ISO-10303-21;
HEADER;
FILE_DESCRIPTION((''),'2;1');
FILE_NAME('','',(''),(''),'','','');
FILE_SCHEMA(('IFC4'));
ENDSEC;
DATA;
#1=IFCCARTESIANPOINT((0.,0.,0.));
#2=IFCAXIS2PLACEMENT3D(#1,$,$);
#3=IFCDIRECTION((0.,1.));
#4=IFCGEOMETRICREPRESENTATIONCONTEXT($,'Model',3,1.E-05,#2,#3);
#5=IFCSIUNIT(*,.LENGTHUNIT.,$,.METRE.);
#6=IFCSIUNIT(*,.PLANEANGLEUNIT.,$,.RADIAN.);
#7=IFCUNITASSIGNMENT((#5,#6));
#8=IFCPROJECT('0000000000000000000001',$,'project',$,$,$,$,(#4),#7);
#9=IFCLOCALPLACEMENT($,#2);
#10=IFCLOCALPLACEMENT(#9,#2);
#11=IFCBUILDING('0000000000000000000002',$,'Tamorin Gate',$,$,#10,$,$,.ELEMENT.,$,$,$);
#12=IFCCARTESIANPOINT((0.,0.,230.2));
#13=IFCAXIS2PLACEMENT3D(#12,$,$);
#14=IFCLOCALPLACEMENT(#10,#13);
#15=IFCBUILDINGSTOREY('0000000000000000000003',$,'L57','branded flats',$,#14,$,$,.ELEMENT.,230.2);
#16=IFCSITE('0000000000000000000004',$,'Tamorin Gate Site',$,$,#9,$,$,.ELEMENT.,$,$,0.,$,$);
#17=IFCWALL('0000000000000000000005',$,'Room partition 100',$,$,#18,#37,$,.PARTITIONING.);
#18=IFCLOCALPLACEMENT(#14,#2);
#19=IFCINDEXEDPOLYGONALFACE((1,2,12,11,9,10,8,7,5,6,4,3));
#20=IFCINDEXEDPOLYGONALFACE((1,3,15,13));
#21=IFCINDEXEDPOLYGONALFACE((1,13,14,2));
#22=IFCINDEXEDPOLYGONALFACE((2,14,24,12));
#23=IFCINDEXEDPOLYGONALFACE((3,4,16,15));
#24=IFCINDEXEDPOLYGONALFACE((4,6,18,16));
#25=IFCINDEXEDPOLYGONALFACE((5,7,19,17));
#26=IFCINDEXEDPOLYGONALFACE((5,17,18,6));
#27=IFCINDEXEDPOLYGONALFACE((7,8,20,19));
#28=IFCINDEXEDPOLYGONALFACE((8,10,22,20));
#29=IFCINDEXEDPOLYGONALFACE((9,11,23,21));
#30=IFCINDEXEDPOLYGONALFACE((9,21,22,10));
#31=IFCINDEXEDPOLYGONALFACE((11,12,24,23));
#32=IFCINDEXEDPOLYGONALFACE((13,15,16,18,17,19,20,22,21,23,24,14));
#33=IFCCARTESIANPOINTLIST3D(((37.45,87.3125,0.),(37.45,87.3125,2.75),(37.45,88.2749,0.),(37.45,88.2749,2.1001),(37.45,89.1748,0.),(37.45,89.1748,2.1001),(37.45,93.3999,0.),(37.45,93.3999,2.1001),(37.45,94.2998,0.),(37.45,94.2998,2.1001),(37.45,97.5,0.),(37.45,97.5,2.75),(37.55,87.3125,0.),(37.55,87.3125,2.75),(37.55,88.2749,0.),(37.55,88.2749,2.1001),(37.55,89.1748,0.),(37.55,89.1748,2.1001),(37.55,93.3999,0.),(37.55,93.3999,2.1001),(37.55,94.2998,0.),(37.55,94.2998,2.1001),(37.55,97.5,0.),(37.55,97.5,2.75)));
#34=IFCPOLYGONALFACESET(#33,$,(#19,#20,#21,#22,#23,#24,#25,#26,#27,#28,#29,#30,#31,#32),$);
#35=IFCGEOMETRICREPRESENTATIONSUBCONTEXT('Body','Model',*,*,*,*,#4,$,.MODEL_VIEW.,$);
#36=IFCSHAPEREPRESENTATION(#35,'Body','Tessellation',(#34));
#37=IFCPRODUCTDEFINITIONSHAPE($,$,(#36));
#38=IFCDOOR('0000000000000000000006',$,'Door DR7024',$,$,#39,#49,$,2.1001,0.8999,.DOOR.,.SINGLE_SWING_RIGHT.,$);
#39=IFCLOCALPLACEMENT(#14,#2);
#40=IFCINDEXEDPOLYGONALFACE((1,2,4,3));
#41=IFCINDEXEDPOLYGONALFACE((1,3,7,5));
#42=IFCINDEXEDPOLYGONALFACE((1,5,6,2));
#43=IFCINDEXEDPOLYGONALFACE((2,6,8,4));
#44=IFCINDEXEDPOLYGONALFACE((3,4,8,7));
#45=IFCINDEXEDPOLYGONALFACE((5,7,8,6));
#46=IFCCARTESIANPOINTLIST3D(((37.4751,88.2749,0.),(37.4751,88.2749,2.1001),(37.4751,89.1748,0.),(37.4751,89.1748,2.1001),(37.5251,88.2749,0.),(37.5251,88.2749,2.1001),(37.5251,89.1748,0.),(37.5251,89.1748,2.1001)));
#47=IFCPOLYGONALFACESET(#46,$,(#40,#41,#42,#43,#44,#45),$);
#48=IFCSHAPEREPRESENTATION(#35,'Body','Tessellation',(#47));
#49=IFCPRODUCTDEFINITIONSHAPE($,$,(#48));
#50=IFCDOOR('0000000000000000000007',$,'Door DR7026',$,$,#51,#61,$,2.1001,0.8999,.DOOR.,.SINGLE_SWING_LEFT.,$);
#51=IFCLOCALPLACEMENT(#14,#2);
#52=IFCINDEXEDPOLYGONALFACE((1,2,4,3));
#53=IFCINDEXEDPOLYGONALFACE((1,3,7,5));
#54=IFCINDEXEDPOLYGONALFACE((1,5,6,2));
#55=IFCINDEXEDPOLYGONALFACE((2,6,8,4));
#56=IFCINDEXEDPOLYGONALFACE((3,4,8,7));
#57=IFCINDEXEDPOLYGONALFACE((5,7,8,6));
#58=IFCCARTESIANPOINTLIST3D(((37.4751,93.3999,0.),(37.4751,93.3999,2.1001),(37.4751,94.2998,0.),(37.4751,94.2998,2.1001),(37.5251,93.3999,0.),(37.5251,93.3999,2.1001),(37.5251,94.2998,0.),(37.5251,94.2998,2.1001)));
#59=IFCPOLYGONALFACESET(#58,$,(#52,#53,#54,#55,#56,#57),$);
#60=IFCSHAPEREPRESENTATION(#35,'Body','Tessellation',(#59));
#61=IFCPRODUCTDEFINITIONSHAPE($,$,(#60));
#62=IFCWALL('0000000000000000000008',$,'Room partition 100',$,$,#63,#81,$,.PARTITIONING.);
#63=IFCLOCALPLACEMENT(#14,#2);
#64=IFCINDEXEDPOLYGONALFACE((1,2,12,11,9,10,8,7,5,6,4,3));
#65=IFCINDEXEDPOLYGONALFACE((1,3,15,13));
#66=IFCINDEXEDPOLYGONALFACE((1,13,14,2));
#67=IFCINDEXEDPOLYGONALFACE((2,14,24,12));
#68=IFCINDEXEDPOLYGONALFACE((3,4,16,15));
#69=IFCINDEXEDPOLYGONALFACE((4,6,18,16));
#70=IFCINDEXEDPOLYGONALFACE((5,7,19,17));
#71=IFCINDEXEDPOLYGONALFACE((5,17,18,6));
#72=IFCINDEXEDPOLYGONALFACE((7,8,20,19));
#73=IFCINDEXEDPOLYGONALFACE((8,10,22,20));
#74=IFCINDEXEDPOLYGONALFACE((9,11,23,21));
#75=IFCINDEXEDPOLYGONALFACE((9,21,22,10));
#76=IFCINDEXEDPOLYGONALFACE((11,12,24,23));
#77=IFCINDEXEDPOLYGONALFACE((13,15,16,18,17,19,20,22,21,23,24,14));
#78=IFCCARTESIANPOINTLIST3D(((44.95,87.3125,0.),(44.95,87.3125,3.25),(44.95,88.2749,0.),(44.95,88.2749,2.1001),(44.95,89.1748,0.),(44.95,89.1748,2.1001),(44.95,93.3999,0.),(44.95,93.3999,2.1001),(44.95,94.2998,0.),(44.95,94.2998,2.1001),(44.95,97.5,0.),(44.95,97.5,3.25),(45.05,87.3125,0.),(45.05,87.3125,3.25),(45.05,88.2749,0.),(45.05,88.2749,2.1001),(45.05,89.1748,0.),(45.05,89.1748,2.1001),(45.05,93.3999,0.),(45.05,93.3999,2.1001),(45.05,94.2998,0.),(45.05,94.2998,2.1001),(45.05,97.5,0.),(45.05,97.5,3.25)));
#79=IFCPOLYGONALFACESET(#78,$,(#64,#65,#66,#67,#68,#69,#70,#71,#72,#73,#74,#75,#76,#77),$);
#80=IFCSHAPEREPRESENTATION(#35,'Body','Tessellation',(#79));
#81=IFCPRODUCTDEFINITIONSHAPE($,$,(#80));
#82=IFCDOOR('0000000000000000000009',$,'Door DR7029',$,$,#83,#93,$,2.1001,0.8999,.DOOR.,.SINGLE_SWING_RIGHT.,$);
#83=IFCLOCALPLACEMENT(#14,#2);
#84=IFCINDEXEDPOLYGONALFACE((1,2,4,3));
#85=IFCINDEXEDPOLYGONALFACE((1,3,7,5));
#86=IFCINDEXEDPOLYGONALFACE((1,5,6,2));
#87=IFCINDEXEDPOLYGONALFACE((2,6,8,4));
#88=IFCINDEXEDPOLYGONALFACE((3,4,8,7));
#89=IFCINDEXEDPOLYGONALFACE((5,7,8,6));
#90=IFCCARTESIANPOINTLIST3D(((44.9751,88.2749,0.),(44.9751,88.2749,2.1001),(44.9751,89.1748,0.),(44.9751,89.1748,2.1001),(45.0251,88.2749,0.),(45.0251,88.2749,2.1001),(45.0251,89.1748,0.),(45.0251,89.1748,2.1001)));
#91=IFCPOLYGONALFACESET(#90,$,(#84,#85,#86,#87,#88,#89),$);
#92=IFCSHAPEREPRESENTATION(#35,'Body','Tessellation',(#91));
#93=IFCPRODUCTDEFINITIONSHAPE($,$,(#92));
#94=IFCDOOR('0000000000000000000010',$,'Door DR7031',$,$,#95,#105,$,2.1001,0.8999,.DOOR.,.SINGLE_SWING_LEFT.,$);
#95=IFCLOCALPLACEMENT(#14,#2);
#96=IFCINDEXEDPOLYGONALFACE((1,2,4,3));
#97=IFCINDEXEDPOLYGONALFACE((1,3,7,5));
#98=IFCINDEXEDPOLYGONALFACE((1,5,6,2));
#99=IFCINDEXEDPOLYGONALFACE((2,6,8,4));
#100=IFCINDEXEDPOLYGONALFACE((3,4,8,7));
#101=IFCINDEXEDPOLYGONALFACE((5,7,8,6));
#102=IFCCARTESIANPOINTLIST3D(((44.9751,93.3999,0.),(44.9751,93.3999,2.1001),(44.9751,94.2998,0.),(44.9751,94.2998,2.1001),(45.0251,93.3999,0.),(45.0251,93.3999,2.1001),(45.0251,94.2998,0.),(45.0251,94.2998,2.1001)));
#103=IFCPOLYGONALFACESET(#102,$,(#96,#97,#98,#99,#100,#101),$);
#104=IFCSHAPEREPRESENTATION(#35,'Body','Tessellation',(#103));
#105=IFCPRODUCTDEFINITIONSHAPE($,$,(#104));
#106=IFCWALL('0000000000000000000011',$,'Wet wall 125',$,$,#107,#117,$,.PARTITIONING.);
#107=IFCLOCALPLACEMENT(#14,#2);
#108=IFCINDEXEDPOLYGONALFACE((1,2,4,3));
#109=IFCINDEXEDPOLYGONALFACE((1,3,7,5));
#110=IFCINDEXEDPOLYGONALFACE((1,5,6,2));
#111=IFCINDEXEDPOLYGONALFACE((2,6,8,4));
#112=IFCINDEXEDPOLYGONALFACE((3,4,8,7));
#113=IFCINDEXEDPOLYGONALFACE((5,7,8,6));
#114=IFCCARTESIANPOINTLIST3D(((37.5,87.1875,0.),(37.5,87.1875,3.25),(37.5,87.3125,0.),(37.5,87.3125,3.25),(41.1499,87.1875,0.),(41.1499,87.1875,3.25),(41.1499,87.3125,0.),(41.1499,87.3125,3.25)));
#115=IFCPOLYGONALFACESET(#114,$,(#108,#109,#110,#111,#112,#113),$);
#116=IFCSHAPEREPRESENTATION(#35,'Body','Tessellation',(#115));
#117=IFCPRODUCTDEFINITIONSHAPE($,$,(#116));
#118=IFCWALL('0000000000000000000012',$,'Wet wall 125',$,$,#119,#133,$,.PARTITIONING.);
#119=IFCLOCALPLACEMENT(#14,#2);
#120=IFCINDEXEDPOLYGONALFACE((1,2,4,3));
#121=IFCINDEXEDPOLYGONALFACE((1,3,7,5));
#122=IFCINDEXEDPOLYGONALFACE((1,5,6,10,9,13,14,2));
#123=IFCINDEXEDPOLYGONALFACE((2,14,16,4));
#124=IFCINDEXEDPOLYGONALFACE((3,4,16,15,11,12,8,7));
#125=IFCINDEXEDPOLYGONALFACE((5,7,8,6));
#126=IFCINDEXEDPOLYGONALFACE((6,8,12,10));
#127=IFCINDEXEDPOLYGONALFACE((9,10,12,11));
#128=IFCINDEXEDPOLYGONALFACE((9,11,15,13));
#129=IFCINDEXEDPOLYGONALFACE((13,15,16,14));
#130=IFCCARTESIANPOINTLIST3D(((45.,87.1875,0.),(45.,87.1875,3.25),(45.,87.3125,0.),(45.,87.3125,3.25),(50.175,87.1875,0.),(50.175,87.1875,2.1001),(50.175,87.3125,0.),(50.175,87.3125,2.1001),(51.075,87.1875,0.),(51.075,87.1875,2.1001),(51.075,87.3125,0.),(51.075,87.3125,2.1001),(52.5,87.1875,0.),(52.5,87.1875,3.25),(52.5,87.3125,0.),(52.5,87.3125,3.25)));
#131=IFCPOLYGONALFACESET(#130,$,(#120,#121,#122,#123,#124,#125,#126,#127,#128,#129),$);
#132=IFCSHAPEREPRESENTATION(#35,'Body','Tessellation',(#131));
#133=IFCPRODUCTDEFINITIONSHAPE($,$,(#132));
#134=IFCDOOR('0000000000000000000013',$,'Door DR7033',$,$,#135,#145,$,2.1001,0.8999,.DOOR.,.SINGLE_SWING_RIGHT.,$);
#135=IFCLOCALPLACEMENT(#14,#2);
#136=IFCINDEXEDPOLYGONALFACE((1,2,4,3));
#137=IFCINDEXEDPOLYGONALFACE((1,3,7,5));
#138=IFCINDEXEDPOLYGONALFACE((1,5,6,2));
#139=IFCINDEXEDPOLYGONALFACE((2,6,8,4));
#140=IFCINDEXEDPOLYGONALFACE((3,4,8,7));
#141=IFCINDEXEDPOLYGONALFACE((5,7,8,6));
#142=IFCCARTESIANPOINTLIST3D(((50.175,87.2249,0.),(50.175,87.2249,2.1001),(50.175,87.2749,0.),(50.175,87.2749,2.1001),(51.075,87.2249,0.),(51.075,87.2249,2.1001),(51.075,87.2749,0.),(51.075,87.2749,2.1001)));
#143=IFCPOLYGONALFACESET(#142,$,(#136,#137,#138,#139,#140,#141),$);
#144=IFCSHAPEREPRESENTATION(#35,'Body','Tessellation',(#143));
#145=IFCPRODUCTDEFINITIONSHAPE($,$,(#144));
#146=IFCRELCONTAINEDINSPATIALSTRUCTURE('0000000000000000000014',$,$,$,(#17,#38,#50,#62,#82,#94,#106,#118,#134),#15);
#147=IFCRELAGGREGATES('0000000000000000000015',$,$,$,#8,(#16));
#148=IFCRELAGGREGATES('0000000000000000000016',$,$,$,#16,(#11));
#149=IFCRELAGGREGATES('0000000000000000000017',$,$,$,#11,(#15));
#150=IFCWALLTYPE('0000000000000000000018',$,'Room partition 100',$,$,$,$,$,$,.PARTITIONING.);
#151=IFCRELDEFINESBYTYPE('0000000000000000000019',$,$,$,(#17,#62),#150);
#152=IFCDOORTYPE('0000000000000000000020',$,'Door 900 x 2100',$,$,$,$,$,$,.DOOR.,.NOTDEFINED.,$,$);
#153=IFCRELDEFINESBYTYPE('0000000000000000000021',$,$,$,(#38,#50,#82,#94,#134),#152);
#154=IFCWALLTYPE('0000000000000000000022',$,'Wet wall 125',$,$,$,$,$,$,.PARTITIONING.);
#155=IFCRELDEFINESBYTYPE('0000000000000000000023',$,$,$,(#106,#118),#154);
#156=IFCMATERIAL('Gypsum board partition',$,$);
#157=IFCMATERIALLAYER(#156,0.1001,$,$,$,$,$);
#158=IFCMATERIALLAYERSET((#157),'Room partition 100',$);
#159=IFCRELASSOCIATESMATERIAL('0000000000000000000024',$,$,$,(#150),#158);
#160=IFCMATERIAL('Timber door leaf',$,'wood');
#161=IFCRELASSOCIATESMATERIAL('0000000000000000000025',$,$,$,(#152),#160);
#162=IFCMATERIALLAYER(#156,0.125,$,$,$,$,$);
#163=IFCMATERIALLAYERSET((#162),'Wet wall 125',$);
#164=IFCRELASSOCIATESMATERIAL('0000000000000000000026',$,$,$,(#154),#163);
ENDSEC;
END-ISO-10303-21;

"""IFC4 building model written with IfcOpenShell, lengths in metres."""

from ifc_helpers import new_model, si_unit, direction, frame, frame_2d, origin, place, context, subcontext, project, spatial, rectangle, extrude, material, layer, layer_set, type_object, element, fill, save


model = new_model("IFC4")

# Units and contexts
model_context = context("Model", 3, precision=1e-05, world=origin(), true_north=direction((0.0, 1.0)))
body_context = subcontext(model_context, "Body", "Model", "MODEL_VIEW")
ifc_project = project(units=[si_unit("LENGTHUNIT", "METRE"), si_unit("PLANEANGLEUNIT", "RADIAN")], contexts=[model_context])

# Site, building, storey
site_placement = place(None, origin())
site = spatial("IfcSite", under=ifc_project, at=site_placement, Name="Tamorin Gate Site", CompositionType="ELEMENT", RefElevation=0.0)
building_placement = place(site_placement, origin())
building = spatial("IfcBuilding", under=site, at=building_placement, Name="Tamorin Gate", CompositionType="ELEMENT")
storey_placement = place(building_placement, frame((0.0, 0.0, 230.2)))
storey = spatial("IfcBuildingStorey", under=building, at=storey_placement, Name="L57", Description="branded flats", CompositionType="ELEMENT", Elevation=230.2)

# Shared definitions
ifc_material_1 = material(Name="Gypsum board partition")

# Walls, openings, doors
ifc_layer_1 = layer(ifc_material_1, 0.1001)
ifc_layer_set_1 = layer_set([ifc_layer_1], Name="Room partition 100")
wall_type_1 = type_object("IfcWallType", Name="Room partition 100", PredefinedType="PARTITIONING", material=ifc_layer_set_1)
wall_1_placement = place(storey_placement, frame((37.5, 87.3125, 0.0), z_axis=(0.0, 0.0, 1.0), x_axis=(0.0, 1.0, 0.0)))
wall_1 = element("IfcWall", 1, at=wall_1_placement, inside=storey, type_object=wall_type_1, Name="Room partition 100", PredefinedType="PARTITIONING", context=body_context, shape_type="SweptSolid", body=[
    extrude(rectangle(XDim=10.1875, YDim=0.1001, at=frame_2d((5.0938, 0.0))), origin(), (0.0, 0.0, 1.0), 2.75),
])
opening_1_placement = place(wall_1_placement, frame((0.9624, 0.0, 0.0)))
opening_1 = element("IfcOpeningElement", 2, at=opening_1_placement, cuts=wall_1, PredefinedType="OPENING", context=body_context, shape_type="SweptSolid", body=[
    extrude(rectangle(XDim=0.8999, YDim=2.1001, at=frame_2d((0.45, 1.05))), frame((0.0, 0.0601, 0.0), z_axis=(0.0, -1.0, 0.0), x_axis=(1.0, 0.0, 0.0)), (0.0, 0.0, 1.0), 0.1201),
])
opening_2_placement = place(wall_1_placement, frame((6.0874, 0.0, 0.0)))
opening_2 = element("IfcOpeningElement", 3, at=opening_2_placement, cuts=wall_1, PredefinedType="OPENING", context=body_context, shape_type="SweptSolid", body=[
    extrude(rectangle(XDim=0.8999, YDim=2.1001, at=frame_2d((0.45, 1.05))), frame((0.0, 0.0601, 0.0), z_axis=(0.0, -1.0, 0.0), x_axis=(1.0, 0.0, 0.0)), (0.0, 0.0, 1.0), 0.1201),
])
ifc_material_2 = material(Name="Timber door leaf", Category="wood")
door_type = type_object("IfcDoorType", Name="Door 900 x 2100", OperationType="NOTDEFINED", PredefinedType="DOOR", material=ifc_material_2)
door_1_placement = place(opening_1_placement, origin())
door_1 = element("IfcDoor", 4, at=door_1_placement, inside=storey, type_object=door_type, Name="Door DR7024", OperationType="SINGLE_SWING_RIGHT", OverallHeight=2.1001, OverallWidth=0.8999, PredefinedType="DOOR", context=body_context, shape_type="SweptSolid", body=[
    extrude(rectangle(XDim=0.8999, YDim=2.1001, at=frame_2d((0.45, 1.05))), frame((0.0, 0.0249, 0.0), z_axis=(0.0, -1.0, 0.0), x_axis=(1.0, 0.0, 0.0)), (0.0, 0.0, 1.0), 0.05),
])
fill(opening_1, door_1)
door_2_placement = place(opening_2_placement, origin())
door_2 = element("IfcDoor", 5, at=door_2_placement, inside=storey, type_object=door_type, Name="Door DR7026", OperationType="SINGLE_SWING_LEFT", OverallHeight=2.1001, OverallWidth=0.8999, PredefinedType="DOOR", context=body_context, shape_type="SweptSolid", body=[
    extrude(rectangle(XDim=0.8999, YDim=2.1001, at=frame_2d((0.45, 1.05))), frame((0.0, 0.0249, 0.0), z_axis=(0.0, -1.0, 0.0), x_axis=(1.0, 0.0, 0.0)), (0.0, 0.0, 1.0), 0.05),
])
fill(opening_2, door_2)
wall_2_placement = place(storey_placement, frame((45.0, 87.3125, 0.0), z_axis=(0.0, 0.0, 1.0), x_axis=(0.0, 1.0, 0.0)))
wall_2 = element("IfcWall", 6, at=wall_2_placement, inside=storey, type_object=wall_type_1, Name="Room partition 100", PredefinedType="PARTITIONING", context=body_context, shape_type="SweptSolid", body=[
    extrude(rectangle(XDim=10.1875, YDim=0.1001, at=frame_2d((5.0938, 0.0))), origin(), (0.0, 0.0, 1.0), 3.25),
])
opening_3_placement = place(wall_2_placement, frame((0.9624, 0.0, 0.0)))
opening_3 = element("IfcOpeningElement", 7, at=opening_3_placement, cuts=wall_2, PredefinedType="OPENING", context=body_context, shape_type="SweptSolid", body=[
    extrude(rectangle(XDim=0.8999, YDim=2.1001, at=frame_2d((0.45, 1.05))), frame((0.0, 0.0601, 0.0), z_axis=(0.0, -1.0, 0.0), x_axis=(1.0, 0.0, 0.0)), (0.0, 0.0, 1.0), 0.1201),
])
opening_4_placement = place(wall_2_placement, frame((6.0874, 0.0, 0.0)))
opening_4 = element("IfcOpeningElement", 8, at=opening_4_placement, cuts=wall_2, PredefinedType="OPENING", context=body_context, shape_type="SweptSolid", body=[
    extrude(rectangle(XDim=0.8999, YDim=2.1001, at=frame_2d((0.45, 1.05))), frame((0.0, 0.0601, 0.0), z_axis=(0.0, -1.0, 0.0), x_axis=(1.0, 0.0, 0.0)), (0.0, 0.0, 1.0), 0.1201),
])
door_3_placement = place(opening_3_placement, origin())
door_3 = element("IfcDoor", 9, at=door_3_placement, inside=storey, type_object=door_type, Name="Door DR7029", OperationType="SINGLE_SWING_RIGHT", OverallHeight=2.1001, OverallWidth=0.8999, PredefinedType="DOOR", context=body_context, shape_type="SweptSolid", body=[
    extrude(rectangle(XDim=0.8999, YDim=2.1001, at=frame_2d((0.45, 1.05))), frame((0.0, 0.0249, 0.0), z_axis=(0.0, -1.0, 0.0), x_axis=(1.0, 0.0, 0.0)), (0.0, 0.0, 1.0), 0.05),
])
fill(opening_3, door_3)
door_4_placement = place(opening_4_placement, origin())
door_4 = element("IfcDoor", 10, at=door_4_placement, inside=storey, type_object=door_type, Name="Door DR7031", OperationType="SINGLE_SWING_LEFT", OverallHeight=2.1001, OverallWidth=0.8999, PredefinedType="DOOR", context=body_context, shape_type="SweptSolid", body=[
    extrude(rectangle(XDim=0.8999, YDim=2.1001, at=frame_2d((0.45, 1.05))), frame((0.0, 0.0249, 0.0), z_axis=(0.0, -1.0, 0.0), x_axis=(1.0, 0.0, 0.0)), (0.0, 0.0, 1.0), 0.05),
])
fill(opening_4, door_4)

# Wall
ifc_layer_2 = layer(ifc_material_1, 0.125)
ifc_layer_set_2 = layer_set([ifc_layer_2], Name="Wet wall 125")
wall_type_2 = type_object("IfcWallType", Name="Wet wall 125", PredefinedType="PARTITIONING", material=ifc_layer_set_2)
wall_3_placement = place(storey_placement, frame((37.5, 87.25, 0.0), z_axis=(0.0, 0.0, 1.0), x_axis=(1.0, 0.0, 0.0)))
element("IfcWall", 11, at=wall_3_placement, inside=storey, type_object=wall_type_2, Name="Wet wall 125", PredefinedType="PARTITIONING", context=body_context, shape_type="SweptSolid", body=[
    extrude(rectangle(XDim=3.6499, YDim=0.125, at=frame_2d((1.825, 0.0))), origin(), (0.0, 0.0, 1.0), 3.25),
])

# Wall, opening, door
wall_4_placement = place(storey_placement, frame((45.0, 87.25, 0.0), z_axis=(0.0, 0.0, 1.0), x_axis=(1.0, 0.0, 0.0)))
wall_4 = element("IfcWall", 12, at=wall_4_placement, inside=storey, type_object=wall_type_2, Name="Wet wall 125", PredefinedType="PARTITIONING", context=body_context, shape_type="SweptSolid", body=[
    extrude(rectangle(XDim=7.5, YDim=0.125, at=frame_2d((3.75, 0.0))), origin(), (0.0, 0.0, 1.0), 3.25),
])
opening_5_placement = place(wall_4_placement, frame((5.175, 0.0, 0.0)))
opening_5 = element("IfcOpeningElement", 13, at=opening_5_placement, cuts=wall_4, PredefinedType="OPENING", context=body_context, shape_type="SweptSolid", body=[
    extrude(rectangle(XDim=0.8999, YDim=2.1001, at=frame_2d((0.45, 1.05))), frame((0.0, 0.0725, 0.0), z_axis=(0.0, -1.0, 0.0), x_axis=(1.0, 0.0, 0.0)), (0.0, 0.0, 1.0), 0.145),
])
door_5_placement = place(opening_5_placement, origin())
door_5 = element("IfcDoor", 14, at=door_5_placement, inside=storey, type_object=door_type, Name="Door DR7033", OperationType="SINGLE_SWING_RIGHT", OverallHeight=2.1001, OverallWidth=0.8999, PredefinedType="DOOR", context=body_context, shape_type="SweptSolid", body=[
    extrude(rectangle(XDim=0.8999, YDim=2.1001, at=frame_2d((0.45, 1.05))), frame((0.0, 0.0249, 0.0), z_axis=(0.0, -1.0, 0.0), x_axis=(1.0, 0.0, 0.0)), (0.0, 0.0, 1.0), 0.05),
])
fill(opening_5, door_5)

save(model, "model.ifc")
